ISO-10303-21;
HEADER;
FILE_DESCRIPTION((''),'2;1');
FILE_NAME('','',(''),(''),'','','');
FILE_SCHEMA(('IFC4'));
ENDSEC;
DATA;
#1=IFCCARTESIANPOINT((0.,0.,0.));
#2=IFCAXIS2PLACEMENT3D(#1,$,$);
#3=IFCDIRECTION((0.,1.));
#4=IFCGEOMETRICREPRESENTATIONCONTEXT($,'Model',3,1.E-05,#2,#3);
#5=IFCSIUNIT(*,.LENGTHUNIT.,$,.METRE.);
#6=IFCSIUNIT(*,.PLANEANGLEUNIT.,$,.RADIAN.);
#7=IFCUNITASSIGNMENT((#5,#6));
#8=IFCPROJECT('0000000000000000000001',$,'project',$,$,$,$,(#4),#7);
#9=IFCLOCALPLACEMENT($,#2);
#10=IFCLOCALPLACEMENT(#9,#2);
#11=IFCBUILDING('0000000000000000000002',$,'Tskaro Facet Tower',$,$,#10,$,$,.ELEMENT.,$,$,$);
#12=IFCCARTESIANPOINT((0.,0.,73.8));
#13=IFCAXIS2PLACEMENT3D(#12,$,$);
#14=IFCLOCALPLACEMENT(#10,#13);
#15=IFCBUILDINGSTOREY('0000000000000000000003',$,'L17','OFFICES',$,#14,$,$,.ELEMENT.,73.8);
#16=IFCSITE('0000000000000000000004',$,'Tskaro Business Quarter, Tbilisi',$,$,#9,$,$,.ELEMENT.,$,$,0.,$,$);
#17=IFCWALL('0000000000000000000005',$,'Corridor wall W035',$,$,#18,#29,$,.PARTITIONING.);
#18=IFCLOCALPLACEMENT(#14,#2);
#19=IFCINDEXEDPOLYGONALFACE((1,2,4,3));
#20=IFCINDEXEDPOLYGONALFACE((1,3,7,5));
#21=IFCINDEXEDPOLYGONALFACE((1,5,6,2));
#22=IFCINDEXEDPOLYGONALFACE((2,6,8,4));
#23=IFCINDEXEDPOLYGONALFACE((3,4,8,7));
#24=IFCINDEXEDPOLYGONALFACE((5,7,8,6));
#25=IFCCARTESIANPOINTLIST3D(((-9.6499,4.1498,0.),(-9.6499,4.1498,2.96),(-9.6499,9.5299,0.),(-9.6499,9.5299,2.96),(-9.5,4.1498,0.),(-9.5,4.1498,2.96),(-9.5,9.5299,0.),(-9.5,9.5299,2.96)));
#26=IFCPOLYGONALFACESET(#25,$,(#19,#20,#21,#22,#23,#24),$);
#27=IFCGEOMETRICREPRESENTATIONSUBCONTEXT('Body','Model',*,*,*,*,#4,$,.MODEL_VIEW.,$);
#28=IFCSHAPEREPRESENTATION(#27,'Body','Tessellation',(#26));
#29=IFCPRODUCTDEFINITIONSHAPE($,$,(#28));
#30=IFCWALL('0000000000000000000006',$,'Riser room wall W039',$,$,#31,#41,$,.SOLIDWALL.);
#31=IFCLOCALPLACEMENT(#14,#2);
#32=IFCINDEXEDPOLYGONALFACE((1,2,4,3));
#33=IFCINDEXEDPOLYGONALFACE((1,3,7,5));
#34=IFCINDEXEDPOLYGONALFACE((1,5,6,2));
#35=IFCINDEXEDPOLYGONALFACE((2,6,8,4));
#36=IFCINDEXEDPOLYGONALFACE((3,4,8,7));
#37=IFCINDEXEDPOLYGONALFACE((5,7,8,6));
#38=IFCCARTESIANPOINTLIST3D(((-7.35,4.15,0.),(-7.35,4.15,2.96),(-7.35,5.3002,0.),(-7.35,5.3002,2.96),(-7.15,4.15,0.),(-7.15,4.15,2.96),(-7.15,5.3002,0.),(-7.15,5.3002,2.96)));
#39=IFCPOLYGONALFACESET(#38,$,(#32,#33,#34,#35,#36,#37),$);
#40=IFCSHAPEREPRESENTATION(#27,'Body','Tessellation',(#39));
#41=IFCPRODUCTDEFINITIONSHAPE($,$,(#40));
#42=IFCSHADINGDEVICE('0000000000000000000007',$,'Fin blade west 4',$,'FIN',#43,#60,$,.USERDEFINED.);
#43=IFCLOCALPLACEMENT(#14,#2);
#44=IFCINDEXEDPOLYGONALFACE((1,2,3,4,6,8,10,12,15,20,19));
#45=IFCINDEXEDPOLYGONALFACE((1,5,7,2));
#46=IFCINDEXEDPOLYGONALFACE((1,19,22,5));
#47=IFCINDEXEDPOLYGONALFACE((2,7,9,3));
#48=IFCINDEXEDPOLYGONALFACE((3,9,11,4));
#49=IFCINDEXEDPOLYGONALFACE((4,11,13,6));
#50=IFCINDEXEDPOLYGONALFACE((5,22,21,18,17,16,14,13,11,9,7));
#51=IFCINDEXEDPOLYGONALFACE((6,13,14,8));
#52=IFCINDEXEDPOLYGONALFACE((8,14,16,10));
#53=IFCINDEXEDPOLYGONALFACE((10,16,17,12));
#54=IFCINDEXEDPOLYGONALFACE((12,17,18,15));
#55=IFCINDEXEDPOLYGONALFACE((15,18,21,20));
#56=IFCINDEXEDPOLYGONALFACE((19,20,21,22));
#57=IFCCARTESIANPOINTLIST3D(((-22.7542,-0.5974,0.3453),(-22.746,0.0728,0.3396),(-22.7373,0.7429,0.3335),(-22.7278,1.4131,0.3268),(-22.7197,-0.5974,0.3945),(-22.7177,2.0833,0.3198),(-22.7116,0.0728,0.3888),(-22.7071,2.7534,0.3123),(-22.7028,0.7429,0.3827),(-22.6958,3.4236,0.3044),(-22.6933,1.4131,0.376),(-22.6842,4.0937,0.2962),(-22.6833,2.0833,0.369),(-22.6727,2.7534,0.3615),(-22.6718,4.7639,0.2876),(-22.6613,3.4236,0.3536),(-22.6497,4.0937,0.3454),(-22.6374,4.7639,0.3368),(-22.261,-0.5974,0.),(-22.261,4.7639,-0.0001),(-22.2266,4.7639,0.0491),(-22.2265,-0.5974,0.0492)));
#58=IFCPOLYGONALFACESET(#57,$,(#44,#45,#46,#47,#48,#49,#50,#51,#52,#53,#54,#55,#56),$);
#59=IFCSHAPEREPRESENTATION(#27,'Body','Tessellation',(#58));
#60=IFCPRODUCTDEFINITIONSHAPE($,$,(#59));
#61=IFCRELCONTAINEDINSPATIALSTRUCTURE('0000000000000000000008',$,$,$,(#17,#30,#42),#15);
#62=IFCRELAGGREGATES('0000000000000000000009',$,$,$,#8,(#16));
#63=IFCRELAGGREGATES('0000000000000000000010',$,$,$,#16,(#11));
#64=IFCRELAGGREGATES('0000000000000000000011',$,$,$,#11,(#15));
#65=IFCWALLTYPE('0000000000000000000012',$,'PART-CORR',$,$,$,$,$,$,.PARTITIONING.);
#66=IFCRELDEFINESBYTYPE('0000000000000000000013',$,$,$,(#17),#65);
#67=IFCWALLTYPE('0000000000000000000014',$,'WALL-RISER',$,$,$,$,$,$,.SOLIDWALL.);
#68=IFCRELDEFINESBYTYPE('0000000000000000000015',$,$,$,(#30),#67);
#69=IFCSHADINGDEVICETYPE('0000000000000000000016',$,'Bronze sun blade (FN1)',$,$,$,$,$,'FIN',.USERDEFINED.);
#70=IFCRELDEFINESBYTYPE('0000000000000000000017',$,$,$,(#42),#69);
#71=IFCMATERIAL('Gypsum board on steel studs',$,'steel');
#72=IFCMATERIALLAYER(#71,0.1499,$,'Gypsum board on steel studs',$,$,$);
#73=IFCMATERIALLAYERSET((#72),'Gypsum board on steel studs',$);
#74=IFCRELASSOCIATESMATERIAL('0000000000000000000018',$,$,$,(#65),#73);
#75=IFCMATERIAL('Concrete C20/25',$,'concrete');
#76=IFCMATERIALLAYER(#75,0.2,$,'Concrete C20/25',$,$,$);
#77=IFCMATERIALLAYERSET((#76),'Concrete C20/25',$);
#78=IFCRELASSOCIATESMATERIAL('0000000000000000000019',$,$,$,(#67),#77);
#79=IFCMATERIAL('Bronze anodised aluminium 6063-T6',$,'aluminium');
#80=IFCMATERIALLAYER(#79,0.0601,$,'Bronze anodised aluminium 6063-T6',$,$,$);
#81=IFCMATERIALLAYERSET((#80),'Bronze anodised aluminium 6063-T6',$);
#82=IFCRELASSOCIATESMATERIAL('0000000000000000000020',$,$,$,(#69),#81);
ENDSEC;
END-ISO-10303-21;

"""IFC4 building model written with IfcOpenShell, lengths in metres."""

from ifc_helpers import new_model, si_unit, direction, frame, frame_2d, origin, place, context, subcontext, project, spatial, polyline, rectangle, outline, extrude, material, layer, layer_set, type_object, element, save


model = new_model("IFC4")

# Units and contexts
model_context = context("Model", 3, precision=1e-05, world=origin(), true_north=direction((0.0, 1.0)))
body_context = subcontext(model_context, "Body", "Model", "MODEL_VIEW")
ifc_project = project(units=[si_unit("LENGTHUNIT", "METRE"), si_unit("PLANEANGLEUNIT", "RADIAN")], contexts=[model_context])

# Site, building, storey
site_placement = place(None, origin())
site = spatial("IfcSite", under=ifc_project, at=site_placement, Name="Tskaro Business Quarter, Tbilisi", CompositionType="ELEMENT", RefElevation=0.0)
building_placement = place(site_placement, origin())
building = spatial("IfcBuilding", under=site, at=building_placement, Name="Tskaro Facet Tower", CompositionType="ELEMENT")
storey_placement = place(building_placement, frame((0.0, 0.0, 73.8)))
storey = spatial("IfcBuildingStorey", under=building, at=storey_placement, Name="L17", Description="OFFICES", CompositionType="ELEMENT", Elevation=73.8)

# Shared definitions
ifc_material_1 = material(Name="Bronze anodised aluminium 6063-T6", Category="aluminium")

# Walls
ifc_material_2 = material(Name="Gypsum board on steel studs", Category="steel")
ifc_layer_1 = layer(ifc_material_2, 0.1499, Name="Gypsum board on steel studs")
ifc_layer_set_1 = layer_set([ifc_layer_1], Name="Gypsum board on steel studs")
wall_type_1 = type_object("IfcWallType", Name="PART-CORR", PredefinedType="PARTITIONING", material=ifc_layer_set_1)
for number, where, z_axis, x_axis, name in (
    (1, (-9.575, 4.1499, 0.0), (0.0, 0.0, 1.0), (0.0, 1.0, 0.0), "Corridor wall W035"),
):
    element("IfcWall", number, at=place(storey_placement, frame(where, z_axis=z_axis, x_axis=x_axis)), inside=storey, type_object=wall_type_1, Name=name, PredefinedType="PARTITIONING", context=body_context, shape_type="SweptSolid", body=[
        extrude(rectangle(XDim=5.3801, YDim=0.1499, at=frame_2d((2.6899, 0.0))), origin(), (0.0, 0.0, 1.0), 2.96),
    ])
ifc_material_3 = material(Name="Concrete C20/25", Category="concrete")
ifc_layer_2 = layer(ifc_material_3, 0.2, Name="Concrete C20/25")
ifc_layer_set_2 = layer_set([ifc_layer_2], Name="Concrete C20/25")
wall_type_2 = type_object("IfcWallType", Name="WALL-RISER", PredefinedType="SOLIDWALL", material=ifc_layer_set_2)
wall_1_placement = place(storey_placement, frame((-7.25, 4.1499, 0.0), z_axis=(0.0, 0.0, 1.0), x_axis=(0.0, 1.0, 0.0)))
element("IfcWall", 2, at=wall_1_placement, inside=storey, type_object=wall_type_2, Name="Riser room wall W039", PredefinedType="SOLIDWALL", context=body_context, shape_type="SweptSolid", body=[
    extrude(rectangle(XDim=1.1501, YDim=0.2, at=frame_2d((0.5752, 0.0))), origin(), (0.0, 0.0, 1.0), 2.96),
])

# Shading device
ifc_layer_3 = layer(ifc_material_1, 0.0601, Name="Bronze anodised aluminium 6063-T6")
ifc_layer_set_3 = layer_set([ifc_layer_3], Name="Bronze anodised aluminium 6063-T6")
shading_device_type = type_object("IfcShadingDeviceType", Name="Bronze sun blade (FN1)", ElementType="FIN", PredefinedType="USERDEFINED", material=ifc_layer_set_3)
shading_device_placement = place(storey_placement, frame((-22.2266, 4.7639, 0.0491), z_axis=(0.573612, 0.000018, 0.819127), x_axis=(0.000011, -1.0, 0.000015)))
element("IfcShadingDevice", 3, at=shading_device_placement, inside=storey, type_object=shading_device_type, Name="Fin blade west 4", ObjectType="FIN", PredefinedType="USERDEFINED", context=body_context, shape_type="SweptSolid", body=[
    extrude(outline(polyline([(0.0, 0.0), (5.3613, 0.0), (5.3613, -0.6021), (4.6912, -0.5922), (4.021, -0.5815), (3.3508, -0.5699), (2.6807, -0.5576), (2.0105, -0.5446), (1.3403, -0.5308), (0.6702, -0.5166), (0.0, -0.5015), (0.0, 0.0)])), origin(), (0.0, 0.0, -1.0), 0.0601),
])

save(model, "model.ifc")
